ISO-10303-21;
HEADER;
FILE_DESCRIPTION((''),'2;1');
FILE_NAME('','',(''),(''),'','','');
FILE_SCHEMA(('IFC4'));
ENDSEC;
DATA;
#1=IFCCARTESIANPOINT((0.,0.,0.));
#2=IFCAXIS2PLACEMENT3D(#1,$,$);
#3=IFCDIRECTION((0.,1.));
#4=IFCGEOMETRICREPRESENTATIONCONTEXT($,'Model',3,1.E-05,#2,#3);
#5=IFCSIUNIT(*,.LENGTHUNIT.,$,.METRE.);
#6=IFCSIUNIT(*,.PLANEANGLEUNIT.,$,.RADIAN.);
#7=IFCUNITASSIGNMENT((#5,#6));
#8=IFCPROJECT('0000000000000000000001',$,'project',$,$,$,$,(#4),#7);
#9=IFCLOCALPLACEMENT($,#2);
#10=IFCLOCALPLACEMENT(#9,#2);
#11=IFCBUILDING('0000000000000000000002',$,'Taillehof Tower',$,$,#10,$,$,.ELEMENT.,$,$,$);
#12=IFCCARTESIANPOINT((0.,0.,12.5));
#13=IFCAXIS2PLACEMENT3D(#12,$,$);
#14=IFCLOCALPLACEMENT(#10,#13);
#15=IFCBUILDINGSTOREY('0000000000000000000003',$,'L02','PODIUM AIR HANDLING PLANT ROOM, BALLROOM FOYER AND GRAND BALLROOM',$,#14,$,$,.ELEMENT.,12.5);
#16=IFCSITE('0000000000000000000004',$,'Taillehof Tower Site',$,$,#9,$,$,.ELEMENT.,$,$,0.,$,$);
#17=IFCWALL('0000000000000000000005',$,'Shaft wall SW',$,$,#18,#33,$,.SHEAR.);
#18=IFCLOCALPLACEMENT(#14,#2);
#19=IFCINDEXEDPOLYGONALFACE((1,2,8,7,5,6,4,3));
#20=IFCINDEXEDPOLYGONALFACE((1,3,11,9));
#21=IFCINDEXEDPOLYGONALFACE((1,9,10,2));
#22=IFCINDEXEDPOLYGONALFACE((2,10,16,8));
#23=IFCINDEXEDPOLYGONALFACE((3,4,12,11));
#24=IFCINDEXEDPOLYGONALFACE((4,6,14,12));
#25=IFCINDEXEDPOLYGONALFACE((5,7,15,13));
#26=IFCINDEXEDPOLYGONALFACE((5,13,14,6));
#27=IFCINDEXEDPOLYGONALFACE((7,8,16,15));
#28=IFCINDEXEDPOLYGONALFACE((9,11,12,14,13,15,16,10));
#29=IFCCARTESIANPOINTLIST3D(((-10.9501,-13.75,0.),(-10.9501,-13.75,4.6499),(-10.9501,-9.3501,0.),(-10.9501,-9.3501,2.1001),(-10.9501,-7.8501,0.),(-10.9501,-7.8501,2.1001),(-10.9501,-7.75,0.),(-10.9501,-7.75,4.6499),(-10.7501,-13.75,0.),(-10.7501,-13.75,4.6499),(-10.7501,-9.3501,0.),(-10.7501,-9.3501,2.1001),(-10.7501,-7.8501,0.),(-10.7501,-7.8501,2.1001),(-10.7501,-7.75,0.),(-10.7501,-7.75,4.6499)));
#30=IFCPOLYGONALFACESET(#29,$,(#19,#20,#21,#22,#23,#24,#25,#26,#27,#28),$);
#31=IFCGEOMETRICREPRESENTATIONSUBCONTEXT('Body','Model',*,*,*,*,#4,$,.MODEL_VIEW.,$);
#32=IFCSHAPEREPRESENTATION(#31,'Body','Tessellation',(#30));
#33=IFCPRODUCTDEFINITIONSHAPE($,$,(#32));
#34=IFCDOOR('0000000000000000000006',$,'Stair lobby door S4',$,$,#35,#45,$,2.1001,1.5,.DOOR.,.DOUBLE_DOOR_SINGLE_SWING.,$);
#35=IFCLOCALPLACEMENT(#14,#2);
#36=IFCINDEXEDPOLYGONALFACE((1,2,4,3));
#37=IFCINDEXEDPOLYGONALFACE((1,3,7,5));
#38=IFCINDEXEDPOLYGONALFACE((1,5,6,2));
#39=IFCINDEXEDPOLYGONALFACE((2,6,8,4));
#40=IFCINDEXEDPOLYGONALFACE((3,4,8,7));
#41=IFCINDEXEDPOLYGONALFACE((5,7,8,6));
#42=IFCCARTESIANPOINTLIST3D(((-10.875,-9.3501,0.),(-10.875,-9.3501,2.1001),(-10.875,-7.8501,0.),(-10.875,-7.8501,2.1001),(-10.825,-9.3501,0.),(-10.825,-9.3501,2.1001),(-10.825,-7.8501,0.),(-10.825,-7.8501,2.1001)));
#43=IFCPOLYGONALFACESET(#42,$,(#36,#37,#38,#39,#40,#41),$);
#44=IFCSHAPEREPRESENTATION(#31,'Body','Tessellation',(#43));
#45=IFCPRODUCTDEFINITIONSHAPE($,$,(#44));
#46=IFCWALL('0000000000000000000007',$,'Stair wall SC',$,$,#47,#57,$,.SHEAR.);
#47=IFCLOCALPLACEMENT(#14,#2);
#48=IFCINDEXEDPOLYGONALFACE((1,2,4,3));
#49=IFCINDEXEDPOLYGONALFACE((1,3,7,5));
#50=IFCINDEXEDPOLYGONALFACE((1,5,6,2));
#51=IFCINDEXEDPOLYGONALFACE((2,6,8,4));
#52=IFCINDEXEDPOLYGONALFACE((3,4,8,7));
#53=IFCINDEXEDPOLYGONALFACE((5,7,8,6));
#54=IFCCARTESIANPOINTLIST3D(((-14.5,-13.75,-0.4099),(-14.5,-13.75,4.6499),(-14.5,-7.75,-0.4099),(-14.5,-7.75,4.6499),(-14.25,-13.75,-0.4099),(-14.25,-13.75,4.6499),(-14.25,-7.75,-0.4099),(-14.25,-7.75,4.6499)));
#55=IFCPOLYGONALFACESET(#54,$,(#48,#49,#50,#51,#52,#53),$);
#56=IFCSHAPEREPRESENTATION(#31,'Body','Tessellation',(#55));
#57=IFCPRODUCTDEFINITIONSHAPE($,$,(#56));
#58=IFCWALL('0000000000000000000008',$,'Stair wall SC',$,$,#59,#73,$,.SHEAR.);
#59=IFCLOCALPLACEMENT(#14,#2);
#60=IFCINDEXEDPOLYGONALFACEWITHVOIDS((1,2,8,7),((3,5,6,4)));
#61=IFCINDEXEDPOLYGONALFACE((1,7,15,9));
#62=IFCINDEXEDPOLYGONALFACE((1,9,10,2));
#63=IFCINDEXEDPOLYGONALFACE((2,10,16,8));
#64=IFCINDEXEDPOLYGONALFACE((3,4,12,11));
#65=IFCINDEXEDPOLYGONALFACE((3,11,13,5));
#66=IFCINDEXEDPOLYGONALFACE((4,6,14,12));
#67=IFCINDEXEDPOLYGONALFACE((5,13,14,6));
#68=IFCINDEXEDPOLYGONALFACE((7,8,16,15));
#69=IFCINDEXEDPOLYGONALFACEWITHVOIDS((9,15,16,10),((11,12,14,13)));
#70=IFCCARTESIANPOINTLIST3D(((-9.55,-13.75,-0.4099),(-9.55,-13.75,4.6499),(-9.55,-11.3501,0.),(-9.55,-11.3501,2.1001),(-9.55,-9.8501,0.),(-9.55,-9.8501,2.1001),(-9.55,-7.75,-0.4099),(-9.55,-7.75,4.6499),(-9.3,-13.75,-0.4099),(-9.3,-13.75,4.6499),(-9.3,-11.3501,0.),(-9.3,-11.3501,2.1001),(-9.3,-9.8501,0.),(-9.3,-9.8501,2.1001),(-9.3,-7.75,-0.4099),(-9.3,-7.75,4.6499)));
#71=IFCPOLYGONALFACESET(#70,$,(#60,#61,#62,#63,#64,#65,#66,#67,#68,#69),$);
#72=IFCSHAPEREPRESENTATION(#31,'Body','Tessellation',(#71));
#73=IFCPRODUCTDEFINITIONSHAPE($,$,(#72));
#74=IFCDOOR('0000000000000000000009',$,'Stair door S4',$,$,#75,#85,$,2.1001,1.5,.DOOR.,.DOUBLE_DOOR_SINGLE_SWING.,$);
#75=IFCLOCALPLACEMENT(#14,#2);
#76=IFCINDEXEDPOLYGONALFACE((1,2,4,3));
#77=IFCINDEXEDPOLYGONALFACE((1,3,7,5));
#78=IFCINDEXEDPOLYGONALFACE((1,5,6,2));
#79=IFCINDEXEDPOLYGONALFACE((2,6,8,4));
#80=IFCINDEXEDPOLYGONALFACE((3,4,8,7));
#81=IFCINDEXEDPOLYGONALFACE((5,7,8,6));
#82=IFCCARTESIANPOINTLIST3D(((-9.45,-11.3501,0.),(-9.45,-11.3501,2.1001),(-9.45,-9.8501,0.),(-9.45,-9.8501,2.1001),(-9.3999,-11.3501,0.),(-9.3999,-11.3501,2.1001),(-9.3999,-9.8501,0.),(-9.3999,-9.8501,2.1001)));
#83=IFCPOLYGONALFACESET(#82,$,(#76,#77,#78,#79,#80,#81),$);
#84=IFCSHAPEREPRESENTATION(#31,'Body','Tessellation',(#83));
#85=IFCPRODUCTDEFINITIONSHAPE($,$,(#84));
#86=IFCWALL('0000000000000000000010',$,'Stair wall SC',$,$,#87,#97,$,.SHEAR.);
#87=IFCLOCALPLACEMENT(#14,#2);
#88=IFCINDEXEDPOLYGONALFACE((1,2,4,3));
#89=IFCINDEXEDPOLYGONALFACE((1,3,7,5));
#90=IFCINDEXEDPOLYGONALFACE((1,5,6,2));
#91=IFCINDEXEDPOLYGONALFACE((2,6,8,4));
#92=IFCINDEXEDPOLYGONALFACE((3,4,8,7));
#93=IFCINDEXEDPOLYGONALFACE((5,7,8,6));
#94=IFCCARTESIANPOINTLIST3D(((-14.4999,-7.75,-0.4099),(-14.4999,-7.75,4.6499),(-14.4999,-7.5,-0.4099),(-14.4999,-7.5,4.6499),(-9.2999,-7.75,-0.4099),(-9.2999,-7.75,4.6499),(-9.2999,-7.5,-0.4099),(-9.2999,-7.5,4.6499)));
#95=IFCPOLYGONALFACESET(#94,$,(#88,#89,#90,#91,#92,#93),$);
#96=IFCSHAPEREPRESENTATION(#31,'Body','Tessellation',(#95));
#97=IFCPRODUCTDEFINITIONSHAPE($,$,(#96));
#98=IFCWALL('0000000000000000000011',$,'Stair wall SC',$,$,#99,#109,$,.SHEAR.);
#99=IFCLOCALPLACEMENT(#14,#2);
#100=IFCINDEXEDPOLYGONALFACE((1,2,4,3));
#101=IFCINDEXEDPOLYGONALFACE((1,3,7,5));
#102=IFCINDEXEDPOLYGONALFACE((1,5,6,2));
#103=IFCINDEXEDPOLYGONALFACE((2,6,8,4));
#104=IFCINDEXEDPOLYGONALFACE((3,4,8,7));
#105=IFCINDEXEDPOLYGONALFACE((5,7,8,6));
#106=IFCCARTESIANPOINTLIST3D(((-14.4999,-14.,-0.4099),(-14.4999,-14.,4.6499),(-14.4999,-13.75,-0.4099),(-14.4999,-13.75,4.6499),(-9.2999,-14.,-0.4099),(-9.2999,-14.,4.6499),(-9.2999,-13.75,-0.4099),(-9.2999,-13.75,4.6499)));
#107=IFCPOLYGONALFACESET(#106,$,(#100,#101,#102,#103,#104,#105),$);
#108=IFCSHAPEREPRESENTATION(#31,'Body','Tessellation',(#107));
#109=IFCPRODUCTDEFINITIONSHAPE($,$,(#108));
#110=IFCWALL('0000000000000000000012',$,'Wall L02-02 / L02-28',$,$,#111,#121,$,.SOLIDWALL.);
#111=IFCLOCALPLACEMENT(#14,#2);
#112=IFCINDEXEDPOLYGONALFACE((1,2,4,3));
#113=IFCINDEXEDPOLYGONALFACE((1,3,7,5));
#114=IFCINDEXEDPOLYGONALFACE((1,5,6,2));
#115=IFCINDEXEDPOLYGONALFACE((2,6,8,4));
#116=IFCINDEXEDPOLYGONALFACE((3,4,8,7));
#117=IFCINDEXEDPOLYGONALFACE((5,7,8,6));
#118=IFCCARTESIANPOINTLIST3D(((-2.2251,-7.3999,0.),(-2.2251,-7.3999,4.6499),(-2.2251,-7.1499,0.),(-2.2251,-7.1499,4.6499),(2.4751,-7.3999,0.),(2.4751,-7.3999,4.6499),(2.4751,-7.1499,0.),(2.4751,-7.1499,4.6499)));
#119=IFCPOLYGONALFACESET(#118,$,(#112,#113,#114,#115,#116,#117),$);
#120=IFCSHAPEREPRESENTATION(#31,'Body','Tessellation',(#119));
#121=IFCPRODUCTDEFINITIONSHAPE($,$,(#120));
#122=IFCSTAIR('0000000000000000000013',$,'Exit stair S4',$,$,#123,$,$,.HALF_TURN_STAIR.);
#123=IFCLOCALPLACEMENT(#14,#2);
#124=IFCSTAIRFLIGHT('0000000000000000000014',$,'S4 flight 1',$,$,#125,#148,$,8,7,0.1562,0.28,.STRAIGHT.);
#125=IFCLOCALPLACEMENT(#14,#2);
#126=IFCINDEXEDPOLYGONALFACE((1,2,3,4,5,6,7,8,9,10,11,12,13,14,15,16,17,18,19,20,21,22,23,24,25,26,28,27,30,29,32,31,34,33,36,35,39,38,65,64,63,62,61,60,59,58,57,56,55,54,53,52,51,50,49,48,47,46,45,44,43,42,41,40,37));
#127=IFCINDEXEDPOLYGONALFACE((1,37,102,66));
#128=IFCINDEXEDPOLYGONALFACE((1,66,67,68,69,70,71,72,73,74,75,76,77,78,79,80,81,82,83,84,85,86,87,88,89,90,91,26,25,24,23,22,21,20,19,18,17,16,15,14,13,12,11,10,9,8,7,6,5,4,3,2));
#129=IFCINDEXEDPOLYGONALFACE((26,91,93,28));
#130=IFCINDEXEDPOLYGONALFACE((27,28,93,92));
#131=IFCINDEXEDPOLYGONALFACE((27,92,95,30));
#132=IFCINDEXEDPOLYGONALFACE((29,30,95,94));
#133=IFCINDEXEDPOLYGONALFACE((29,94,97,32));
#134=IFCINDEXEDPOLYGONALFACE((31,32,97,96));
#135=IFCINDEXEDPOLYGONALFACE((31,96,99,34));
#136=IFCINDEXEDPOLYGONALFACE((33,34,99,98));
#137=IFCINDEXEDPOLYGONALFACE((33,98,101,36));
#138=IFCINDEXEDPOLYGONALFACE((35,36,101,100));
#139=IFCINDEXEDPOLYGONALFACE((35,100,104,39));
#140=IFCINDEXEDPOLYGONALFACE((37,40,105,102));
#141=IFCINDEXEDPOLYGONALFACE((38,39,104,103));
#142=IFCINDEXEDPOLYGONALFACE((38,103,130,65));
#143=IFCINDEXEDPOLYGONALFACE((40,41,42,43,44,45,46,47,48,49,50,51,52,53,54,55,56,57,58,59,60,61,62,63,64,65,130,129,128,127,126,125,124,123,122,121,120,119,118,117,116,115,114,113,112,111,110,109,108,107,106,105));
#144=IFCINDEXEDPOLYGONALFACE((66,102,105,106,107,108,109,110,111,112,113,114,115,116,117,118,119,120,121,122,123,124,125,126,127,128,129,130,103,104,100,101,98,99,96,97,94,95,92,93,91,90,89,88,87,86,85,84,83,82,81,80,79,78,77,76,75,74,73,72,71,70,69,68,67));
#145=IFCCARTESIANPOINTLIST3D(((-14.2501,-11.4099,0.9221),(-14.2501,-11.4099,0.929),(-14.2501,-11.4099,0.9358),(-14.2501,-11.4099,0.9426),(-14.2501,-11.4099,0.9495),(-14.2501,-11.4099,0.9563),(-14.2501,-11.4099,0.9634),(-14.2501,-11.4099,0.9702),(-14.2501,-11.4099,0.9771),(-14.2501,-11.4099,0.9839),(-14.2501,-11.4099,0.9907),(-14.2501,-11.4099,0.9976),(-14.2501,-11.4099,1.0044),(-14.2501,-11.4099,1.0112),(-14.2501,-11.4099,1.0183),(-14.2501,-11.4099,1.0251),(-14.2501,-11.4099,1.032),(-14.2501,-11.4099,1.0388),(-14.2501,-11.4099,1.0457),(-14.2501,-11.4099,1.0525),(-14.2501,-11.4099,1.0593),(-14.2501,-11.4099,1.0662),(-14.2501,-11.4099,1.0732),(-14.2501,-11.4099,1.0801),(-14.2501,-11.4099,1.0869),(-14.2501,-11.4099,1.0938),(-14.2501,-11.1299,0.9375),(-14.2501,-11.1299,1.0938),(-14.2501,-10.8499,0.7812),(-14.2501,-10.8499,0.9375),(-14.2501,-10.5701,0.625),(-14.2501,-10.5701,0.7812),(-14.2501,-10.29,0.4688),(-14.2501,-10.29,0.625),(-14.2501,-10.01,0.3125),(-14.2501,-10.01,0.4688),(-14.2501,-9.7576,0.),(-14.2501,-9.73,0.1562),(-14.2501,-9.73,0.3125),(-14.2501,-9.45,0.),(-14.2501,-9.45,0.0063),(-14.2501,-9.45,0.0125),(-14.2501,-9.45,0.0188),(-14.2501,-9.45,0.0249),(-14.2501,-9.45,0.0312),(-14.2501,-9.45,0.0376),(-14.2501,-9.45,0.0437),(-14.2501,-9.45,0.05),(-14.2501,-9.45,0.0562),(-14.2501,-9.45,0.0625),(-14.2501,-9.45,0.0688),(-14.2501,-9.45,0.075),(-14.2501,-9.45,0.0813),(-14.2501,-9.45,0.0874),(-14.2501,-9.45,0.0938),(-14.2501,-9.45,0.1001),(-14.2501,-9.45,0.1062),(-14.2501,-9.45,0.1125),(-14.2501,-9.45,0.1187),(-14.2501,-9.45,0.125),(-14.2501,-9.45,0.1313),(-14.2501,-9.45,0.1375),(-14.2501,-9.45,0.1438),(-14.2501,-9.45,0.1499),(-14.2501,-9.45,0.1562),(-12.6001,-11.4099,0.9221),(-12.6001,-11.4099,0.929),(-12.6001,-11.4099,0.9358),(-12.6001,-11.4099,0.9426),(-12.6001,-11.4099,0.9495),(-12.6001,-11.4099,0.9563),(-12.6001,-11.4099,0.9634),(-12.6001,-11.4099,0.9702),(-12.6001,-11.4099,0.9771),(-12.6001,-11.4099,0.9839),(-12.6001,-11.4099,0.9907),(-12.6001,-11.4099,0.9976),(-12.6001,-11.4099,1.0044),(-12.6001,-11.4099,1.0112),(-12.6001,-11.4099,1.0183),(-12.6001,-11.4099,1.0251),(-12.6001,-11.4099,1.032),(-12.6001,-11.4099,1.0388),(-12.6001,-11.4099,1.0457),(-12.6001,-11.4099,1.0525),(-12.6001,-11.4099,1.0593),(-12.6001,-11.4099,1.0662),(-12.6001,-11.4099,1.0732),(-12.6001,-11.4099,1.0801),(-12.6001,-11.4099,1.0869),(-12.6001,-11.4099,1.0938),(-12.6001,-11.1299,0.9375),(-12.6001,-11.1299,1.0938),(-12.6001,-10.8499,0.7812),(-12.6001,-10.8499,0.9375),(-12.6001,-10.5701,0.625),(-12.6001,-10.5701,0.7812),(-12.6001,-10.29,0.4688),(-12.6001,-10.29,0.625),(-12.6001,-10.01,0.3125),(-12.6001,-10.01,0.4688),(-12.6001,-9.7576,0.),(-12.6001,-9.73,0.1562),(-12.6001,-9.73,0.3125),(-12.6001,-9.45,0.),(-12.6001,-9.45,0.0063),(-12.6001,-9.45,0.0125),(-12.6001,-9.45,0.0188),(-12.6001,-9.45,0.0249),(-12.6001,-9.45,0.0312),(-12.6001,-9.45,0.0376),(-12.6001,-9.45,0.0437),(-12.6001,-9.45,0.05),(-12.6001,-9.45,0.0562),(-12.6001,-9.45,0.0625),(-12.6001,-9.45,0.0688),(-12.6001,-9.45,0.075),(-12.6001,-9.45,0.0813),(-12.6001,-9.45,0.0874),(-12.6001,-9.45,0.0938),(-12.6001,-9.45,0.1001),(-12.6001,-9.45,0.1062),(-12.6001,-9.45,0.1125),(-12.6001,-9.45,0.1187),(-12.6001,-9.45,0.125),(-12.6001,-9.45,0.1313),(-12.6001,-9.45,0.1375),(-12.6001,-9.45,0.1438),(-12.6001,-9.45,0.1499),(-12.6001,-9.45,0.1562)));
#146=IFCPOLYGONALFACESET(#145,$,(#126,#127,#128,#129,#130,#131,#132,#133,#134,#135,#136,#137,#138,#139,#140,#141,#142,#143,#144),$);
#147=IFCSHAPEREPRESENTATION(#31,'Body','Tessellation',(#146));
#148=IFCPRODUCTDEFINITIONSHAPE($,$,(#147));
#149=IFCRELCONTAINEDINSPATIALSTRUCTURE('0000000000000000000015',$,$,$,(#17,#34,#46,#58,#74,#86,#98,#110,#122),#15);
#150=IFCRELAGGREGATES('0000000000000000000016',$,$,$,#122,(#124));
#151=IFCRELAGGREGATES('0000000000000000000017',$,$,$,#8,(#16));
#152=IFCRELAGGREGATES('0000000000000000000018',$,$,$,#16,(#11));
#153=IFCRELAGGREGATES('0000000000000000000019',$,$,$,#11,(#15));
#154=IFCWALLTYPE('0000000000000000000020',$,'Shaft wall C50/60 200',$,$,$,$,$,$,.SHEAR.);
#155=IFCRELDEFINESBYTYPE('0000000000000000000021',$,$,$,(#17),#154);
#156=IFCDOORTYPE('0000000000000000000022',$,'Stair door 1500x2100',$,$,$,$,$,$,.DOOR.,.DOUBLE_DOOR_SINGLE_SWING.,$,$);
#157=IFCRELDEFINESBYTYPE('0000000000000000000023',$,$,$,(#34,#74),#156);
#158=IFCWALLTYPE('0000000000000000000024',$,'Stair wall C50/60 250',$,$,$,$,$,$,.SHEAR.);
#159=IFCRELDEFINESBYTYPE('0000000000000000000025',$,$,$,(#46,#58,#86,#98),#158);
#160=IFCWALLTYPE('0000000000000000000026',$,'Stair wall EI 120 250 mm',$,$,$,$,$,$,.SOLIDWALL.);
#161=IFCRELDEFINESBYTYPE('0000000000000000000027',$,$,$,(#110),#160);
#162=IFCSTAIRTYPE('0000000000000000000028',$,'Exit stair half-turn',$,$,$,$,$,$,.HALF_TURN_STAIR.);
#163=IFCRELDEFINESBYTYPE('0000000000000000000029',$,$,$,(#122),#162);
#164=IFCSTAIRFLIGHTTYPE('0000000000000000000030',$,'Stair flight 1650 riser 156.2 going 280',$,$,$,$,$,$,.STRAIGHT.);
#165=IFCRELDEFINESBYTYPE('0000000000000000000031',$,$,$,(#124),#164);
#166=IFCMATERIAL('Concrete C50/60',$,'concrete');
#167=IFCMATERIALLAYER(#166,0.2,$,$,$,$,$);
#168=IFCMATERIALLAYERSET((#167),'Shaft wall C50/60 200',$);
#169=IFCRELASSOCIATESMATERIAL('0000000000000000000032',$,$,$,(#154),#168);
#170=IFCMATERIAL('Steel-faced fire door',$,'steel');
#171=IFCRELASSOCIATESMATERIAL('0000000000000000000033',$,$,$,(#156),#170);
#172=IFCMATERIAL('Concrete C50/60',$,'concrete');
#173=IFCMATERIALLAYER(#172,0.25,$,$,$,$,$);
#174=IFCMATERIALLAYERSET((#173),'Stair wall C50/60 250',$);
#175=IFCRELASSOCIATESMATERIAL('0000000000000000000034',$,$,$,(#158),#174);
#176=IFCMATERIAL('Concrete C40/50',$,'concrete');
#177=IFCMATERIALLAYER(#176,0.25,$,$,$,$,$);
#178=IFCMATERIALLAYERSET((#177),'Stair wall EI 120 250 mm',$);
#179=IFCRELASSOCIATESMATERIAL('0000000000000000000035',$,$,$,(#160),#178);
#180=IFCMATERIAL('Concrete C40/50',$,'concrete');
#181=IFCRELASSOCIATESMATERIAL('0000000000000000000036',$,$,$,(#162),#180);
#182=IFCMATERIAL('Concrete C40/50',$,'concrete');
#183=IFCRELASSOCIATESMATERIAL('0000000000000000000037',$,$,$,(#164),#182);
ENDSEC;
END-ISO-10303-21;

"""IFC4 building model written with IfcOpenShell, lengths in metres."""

from ifc_helpers import new_model, si_unit, direction, frame, frame_2d, origin, place, context, subcontext, project, spatial, polyline, rectangle, outline, extrude, material, layer, layer_set, type_object, element, fill, aggregate, save


model = new_model("IFC4")

# Units and contexts
model_context = context("Model", 3, precision=1e-05, world=origin(), true_north=direction((0.0, 1.0)))
body_context = subcontext(model_context, "Body", "Model", "MODEL_VIEW")
ifc_project = project(units=[si_unit("LENGTHUNIT", "METRE"), si_unit("PLANEANGLEUNIT", "RADIAN")], contexts=[model_context])

# Site, building, storey
site_placement = place(None, origin())
site = spatial("IfcSite", under=ifc_project, at=site_placement, Name="Taillehof Tower Site", CompositionType="ELEMENT", RefElevation=0.0)
building_placement = place(site_placement, origin())
building = spatial("IfcBuilding", under=site, at=building_placement, Name="Taillehof Tower", CompositionType="ELEMENT")
storey_placement = place(building_placement, frame((0.0, 0.0, 12.5)))
storey = spatial("IfcBuildingStorey", under=building, at=storey_placement, Name="L02", Description="PODIUM AIR HANDLING PLANT ROOM, BALLROOM FOYER AND GRAND BALLROOM", CompositionType="ELEMENT", Elevation=12.5)

# Wall, opening, door
ifc_material_1 = material(Name="Concrete C50/60", Category="concrete")
ifc_layer_1 = layer(ifc_material_1, 0.2)
ifc_layer_set_1 = layer_set([ifc_layer_1], Name="Shaft wall C50/60 200")
wall_type_1 = type_object("IfcWallType", Name="Shaft wall C50/60 200", PredefinedType="SHEAR", material=ifc_layer_set_1)
wall_1_placement = place(storey_placement, frame((-10.8501, -13.75, 0.0), z_axis=(0.0, 0.0, 1.0), x_axis=(0.0, 1.0, 0.0)))
wall_1 = element("IfcWall", 1, at=wall_1_placement, inside=storey, type_object=wall_type_1, Name="Shaft wall SW", PredefinedType="SHEAR", context=body_context, shape_type="SweptSolid", body=[
    extrude(rectangle(XDim=6.0, YDim=0.2, at=frame_2d((3.0, 0.0))), origin(), (0.0, 0.0, 1.0), 4.6499),
])
opening_1_placement = place(wall_1_placement, frame((4.3999, 0.0, 0.0)))
opening_1 = element("IfcOpeningElement", 2, at=opening_1_placement, cuts=wall_1, PredefinedType="OPENING", context=body_context, shape_type="SweptSolid", body=[
    extrude(rectangle(XDim=1.5, YDim=2.1001, at=frame_2d((0.75, 1.05))), frame((0.0, 0.1099, 0.0), z_axis=(0.0, -1.0, 0.0), x_axis=(1.0, 0.0, 0.0)), (0.0, 0.0, 1.0), 0.22),
])
ifc_material_2 = material(Name="Steel-faced fire door", Category="steel")
door_type_1 = type_object("IfcDoorType", Name="Stair door 1500x2100", OperationType="DOUBLE_DOOR_SINGLE_SWING", PredefinedType="DOOR", material=ifc_material_2)
door_1_placement = place(opening_1_placement, origin())
door_1 = element("IfcDoor", 3, at=door_1_placement, inside=storey, type_object=door_type_1, Name="Stair lobby door S4", OperationType="DOUBLE_DOOR_SINGLE_SWING", OverallHeight=2.1001, OverallWidth=1.5, PredefinedType="DOOR", context=body_context, shape_type="SweptSolid", body=[
    extrude(rectangle(XDim=1.5, YDim=2.1001, at=frame_2d((0.75, 1.05))), frame((0.0, 0.0249, 0.0), z_axis=(0.0, -1.0, 0.0), x_axis=(1.0, 0.0, 0.0)), (0.0, 0.0, 1.0), 0.05),
])
fill(opening_1, door_1)

# Wall
ifc_material_3 = material(Name="Concrete C50/60", Category="concrete")
ifc_layer_2 = layer(ifc_material_3, 0.25)
ifc_layer_set_2 = layer_set([ifc_layer_2], Name="Stair wall C50/60 250")
wall_type_2 = type_object("IfcWallType", Name="Stair wall C50/60 250", PredefinedType="SHEAR", material=ifc_layer_set_2)
wall_2_placement = place(storey_placement, frame((-14.375, -13.75, -0.4099), z_axis=(0.0, 0.0, 1.0), x_axis=(0.0, 1.0, 0.0)))
element("IfcWall", 4, at=wall_2_placement, inside=storey, type_object=wall_type_2, Name="Stair wall SC", PredefinedType="SHEAR", context=body_context, shape_type="SweptSolid", body=[
    extrude(rectangle(XDim=6.0, YDim=0.25, at=frame_2d((3.0, 0.0))), origin(), (0.0, 0.0, 1.0), 5.0598),
])

# Wall, opening, door
wall_3_placement = place(storey_placement, frame((-9.425, -13.75, -0.4099), z_axis=(0.0, 0.0, 1.0), x_axis=(0.0, 1.0, 0.0)))
wall_3 = element("IfcWall", 5, at=wall_3_placement, inside=storey, type_object=wall_type_2, Name="Stair wall SC", PredefinedType="SHEAR", context=body_context, shape_type="SweptSolid", body=[
    extrude(rectangle(XDim=6.0, YDim=0.25, at=frame_2d((3.0, 0.0))), origin(), (0.0, 0.0, 1.0), 5.0598),
])
opening_2_placement = place(wall_3_placement, frame((2.3999, 0.0, 0.4099)))
opening_2 = element("IfcOpeningElement", 6, at=opening_2_placement, cuts=wall_3, PredefinedType="OPENING", context=body_context, shape_type="SweptSolid", body=[
    extrude(rectangle(XDim=1.5, YDim=2.1001, at=frame_2d((0.75, 1.05))), frame((0.0, 0.135, 0.0), z_axis=(0.0, -1.0, 0.0), x_axis=(1.0, 0.0, 0.0)), (0.0, 0.0, 1.0), 0.27),
])
door_2_placement = place(opening_2_placement, origin())
door_2 = element("IfcDoor", 7, at=door_2_placement, inside=storey, type_object=door_type_1, Name="Stair door S4", OperationType="DOUBLE_DOOR_SINGLE_SWING", OverallHeight=2.1001, OverallWidth=1.5, PredefinedType="DOOR", context=body_context, shape_type="SweptSolid", body=[
    extrude(rectangle(XDim=1.5, YDim=2.1001, at=frame_2d((0.75, 1.05))), frame((0.0, 0.0249, 0.0), z_axis=(0.0, -1.0, 0.0), x_axis=(1.0, 0.0, 0.0)), (0.0, 0.0, 1.0), 0.05),
])
fill(opening_2, door_2)

# Walls
for number, where, z_axis, x_axis, name in (
    (8, (-14.5, -7.625, -0.4099), (0.0, 0.0, 1.0), (1.0, 0.0, 0.0), "Stair wall SC"),
    (9, (-14.5, -13.875, -0.4099), (0.0, 0.0, 1.0), (1.0, 0.0, 0.0), "Stair wall SC"),
):
    element("IfcWall", number, at=place(storey_placement, frame(where, z_axis=z_axis, x_axis=x_axis)), inside=storey, type_object=wall_type_2, Name=name, PredefinedType="SHEAR", context=body_context, shape_type="SweptSolid", body=[
        extrude(rectangle(XDim=5.2, YDim=0.25, at=frame_2d((2.6001, 0.0))), origin(), (0.0, 0.0, 1.0), 5.0598),
    ])
ifc_material_4 = material(Name="Concrete C40/50", Category="concrete")
ifc_layer_3 = layer(ifc_material_4, 0.25)
ifc_layer_set_3 = layer_set([ifc_layer_3], Name="Stair wall EI 120 250 mm")
wall_type_3 = type_object("IfcWallType", Name="Stair wall EI 120 250 mm", PredefinedType="SOLIDWALL", material=ifc_layer_set_3)
wall_4_placement = place(storey_placement, frame((-2.2251, -7.2749, 0.0), z_axis=(0.0, 0.0, 1.0), x_axis=(1.0, 0.0, 0.0)))
element("IfcWall", 10, at=wall_4_placement, inside=storey, type_object=wall_type_3, Name="Wall L02-02 / L02-28", PredefinedType="SOLIDWALL", context=body_context, shape_type="SweptSolid", body=[
    extrude(rectangle(XDim=4.7002, YDim=0.25, at=frame_2d((2.3501, 0.0))), origin(), (0.0, 0.0, 1.0), 4.6499),
])

# Stair, stair flight
ifc_material_5 = material(Name="Concrete C40/50", Category="concrete")
stair_type = type_object("IfcStairType", Name="Exit stair half-turn", PredefinedType="HALF_TURN_STAIR", material=ifc_material_5)
stair_placement = place(storey_placement, origin())
stair = element("IfcStair", 11, at=stair_placement, inside=storey, type_object=stair_type, Name="Exit stair S4", PredefinedType="HALF_TURN_STAIR")
ifc_material_6 = material(Name="Concrete C40/50", Category="concrete")
stair_flight_type = type_object("IfcStairFlightType", Name="Stair flight 1650 riser 156.2 going 280", PredefinedType="STRAIGHT", material=ifc_material_6)
stair_flight_1_placement = place(storey_placement, frame((-13.425, -9.45, 0.0), z_axis=(0.0, 0.0, 1.0), x_axis=(0.0, -1.0, 0.0)))
stair_flight_1 = element("IfcStairFlight", 12, at=stair_flight_1_placement, type_object=stair_flight_type, Name="S4 flight 1", NumberOfRisers=8, NumberOfTreads=7, PredefinedType="STRAIGHT", RiserHeight=0.1562, TreadLength=0.28, context=body_context, shape_type="SweptSolid", body=[
    extrude(outline(polyline([(0.0, 0.0), (0.0, 0.0063), (0.0, 0.0125), (0.0, 0.0188), (0.0, 0.0249), (0.0, 0.0312), (0.0, 0.0376), (0.0, 0.0437), (0.0, 0.05), (0.0, 0.0562), (0.0, 0.0625), (0.0, 0.0688), (0.0, 0.075), (0.0, 0.0813), (0.0, 0.0874), (0.0, 0.0938), (0.0, 0.1001), (0.0, 0.1062), (0.0, 0.1125), (0.0, 0.1187), (0.0, 0.125), (0.0, 0.1313), (0.0, 0.1375), (0.0, 0.1438), (0.0, 0.1499), (0.0, 0.1562), (0.28, 0.1562), (0.28, 0.3125), (0.5601, 0.3125), (0.5601, 0.4688), (0.8401, 0.4688), (0.8401, 0.625), (1.1201, 0.625), (1.1201, 0.7812), (1.3999, 0.7812), (1.3999, 0.9375), (1.6799, 0.9375), (1.6799, 1.0938), (1.96, 1.0938), (1.96, 1.0869), (1.96, 1.0801), (1.96, 1.0732), (1.96, 1.0662), (1.96, 1.0593), (1.96, 1.0525), (1.96, 1.0457), (1.96, 1.0388), (1.96, 1.032), (1.96, 1.0251), (1.96, 1.0183), (1.96, 1.0112), (1.96, 1.0044), (1.96, 0.9976), (1.96, 0.9907), (1.96, 0.9839), (1.96, 0.9771), (1.96, 0.9702), (1.96, 0.9634), (1.96, 0.9563), (1.96, 0.9495), (1.96, 0.9426), (1.96, 0.9358), (1.96, 0.929), (1.96, 0.9221), (0.3076, 0.0), (0.0, 0.0)])), frame((0.0, 0.825, 0.0), z_axis=(0.0, -1.0, 0.0), x_axis=(1.0, 0.0, 0.0)), (0.0, 0.0, 1.0), 1.65),
])
aggregate(stair, [stair_flight_1])

save(model, "model.ifc")
